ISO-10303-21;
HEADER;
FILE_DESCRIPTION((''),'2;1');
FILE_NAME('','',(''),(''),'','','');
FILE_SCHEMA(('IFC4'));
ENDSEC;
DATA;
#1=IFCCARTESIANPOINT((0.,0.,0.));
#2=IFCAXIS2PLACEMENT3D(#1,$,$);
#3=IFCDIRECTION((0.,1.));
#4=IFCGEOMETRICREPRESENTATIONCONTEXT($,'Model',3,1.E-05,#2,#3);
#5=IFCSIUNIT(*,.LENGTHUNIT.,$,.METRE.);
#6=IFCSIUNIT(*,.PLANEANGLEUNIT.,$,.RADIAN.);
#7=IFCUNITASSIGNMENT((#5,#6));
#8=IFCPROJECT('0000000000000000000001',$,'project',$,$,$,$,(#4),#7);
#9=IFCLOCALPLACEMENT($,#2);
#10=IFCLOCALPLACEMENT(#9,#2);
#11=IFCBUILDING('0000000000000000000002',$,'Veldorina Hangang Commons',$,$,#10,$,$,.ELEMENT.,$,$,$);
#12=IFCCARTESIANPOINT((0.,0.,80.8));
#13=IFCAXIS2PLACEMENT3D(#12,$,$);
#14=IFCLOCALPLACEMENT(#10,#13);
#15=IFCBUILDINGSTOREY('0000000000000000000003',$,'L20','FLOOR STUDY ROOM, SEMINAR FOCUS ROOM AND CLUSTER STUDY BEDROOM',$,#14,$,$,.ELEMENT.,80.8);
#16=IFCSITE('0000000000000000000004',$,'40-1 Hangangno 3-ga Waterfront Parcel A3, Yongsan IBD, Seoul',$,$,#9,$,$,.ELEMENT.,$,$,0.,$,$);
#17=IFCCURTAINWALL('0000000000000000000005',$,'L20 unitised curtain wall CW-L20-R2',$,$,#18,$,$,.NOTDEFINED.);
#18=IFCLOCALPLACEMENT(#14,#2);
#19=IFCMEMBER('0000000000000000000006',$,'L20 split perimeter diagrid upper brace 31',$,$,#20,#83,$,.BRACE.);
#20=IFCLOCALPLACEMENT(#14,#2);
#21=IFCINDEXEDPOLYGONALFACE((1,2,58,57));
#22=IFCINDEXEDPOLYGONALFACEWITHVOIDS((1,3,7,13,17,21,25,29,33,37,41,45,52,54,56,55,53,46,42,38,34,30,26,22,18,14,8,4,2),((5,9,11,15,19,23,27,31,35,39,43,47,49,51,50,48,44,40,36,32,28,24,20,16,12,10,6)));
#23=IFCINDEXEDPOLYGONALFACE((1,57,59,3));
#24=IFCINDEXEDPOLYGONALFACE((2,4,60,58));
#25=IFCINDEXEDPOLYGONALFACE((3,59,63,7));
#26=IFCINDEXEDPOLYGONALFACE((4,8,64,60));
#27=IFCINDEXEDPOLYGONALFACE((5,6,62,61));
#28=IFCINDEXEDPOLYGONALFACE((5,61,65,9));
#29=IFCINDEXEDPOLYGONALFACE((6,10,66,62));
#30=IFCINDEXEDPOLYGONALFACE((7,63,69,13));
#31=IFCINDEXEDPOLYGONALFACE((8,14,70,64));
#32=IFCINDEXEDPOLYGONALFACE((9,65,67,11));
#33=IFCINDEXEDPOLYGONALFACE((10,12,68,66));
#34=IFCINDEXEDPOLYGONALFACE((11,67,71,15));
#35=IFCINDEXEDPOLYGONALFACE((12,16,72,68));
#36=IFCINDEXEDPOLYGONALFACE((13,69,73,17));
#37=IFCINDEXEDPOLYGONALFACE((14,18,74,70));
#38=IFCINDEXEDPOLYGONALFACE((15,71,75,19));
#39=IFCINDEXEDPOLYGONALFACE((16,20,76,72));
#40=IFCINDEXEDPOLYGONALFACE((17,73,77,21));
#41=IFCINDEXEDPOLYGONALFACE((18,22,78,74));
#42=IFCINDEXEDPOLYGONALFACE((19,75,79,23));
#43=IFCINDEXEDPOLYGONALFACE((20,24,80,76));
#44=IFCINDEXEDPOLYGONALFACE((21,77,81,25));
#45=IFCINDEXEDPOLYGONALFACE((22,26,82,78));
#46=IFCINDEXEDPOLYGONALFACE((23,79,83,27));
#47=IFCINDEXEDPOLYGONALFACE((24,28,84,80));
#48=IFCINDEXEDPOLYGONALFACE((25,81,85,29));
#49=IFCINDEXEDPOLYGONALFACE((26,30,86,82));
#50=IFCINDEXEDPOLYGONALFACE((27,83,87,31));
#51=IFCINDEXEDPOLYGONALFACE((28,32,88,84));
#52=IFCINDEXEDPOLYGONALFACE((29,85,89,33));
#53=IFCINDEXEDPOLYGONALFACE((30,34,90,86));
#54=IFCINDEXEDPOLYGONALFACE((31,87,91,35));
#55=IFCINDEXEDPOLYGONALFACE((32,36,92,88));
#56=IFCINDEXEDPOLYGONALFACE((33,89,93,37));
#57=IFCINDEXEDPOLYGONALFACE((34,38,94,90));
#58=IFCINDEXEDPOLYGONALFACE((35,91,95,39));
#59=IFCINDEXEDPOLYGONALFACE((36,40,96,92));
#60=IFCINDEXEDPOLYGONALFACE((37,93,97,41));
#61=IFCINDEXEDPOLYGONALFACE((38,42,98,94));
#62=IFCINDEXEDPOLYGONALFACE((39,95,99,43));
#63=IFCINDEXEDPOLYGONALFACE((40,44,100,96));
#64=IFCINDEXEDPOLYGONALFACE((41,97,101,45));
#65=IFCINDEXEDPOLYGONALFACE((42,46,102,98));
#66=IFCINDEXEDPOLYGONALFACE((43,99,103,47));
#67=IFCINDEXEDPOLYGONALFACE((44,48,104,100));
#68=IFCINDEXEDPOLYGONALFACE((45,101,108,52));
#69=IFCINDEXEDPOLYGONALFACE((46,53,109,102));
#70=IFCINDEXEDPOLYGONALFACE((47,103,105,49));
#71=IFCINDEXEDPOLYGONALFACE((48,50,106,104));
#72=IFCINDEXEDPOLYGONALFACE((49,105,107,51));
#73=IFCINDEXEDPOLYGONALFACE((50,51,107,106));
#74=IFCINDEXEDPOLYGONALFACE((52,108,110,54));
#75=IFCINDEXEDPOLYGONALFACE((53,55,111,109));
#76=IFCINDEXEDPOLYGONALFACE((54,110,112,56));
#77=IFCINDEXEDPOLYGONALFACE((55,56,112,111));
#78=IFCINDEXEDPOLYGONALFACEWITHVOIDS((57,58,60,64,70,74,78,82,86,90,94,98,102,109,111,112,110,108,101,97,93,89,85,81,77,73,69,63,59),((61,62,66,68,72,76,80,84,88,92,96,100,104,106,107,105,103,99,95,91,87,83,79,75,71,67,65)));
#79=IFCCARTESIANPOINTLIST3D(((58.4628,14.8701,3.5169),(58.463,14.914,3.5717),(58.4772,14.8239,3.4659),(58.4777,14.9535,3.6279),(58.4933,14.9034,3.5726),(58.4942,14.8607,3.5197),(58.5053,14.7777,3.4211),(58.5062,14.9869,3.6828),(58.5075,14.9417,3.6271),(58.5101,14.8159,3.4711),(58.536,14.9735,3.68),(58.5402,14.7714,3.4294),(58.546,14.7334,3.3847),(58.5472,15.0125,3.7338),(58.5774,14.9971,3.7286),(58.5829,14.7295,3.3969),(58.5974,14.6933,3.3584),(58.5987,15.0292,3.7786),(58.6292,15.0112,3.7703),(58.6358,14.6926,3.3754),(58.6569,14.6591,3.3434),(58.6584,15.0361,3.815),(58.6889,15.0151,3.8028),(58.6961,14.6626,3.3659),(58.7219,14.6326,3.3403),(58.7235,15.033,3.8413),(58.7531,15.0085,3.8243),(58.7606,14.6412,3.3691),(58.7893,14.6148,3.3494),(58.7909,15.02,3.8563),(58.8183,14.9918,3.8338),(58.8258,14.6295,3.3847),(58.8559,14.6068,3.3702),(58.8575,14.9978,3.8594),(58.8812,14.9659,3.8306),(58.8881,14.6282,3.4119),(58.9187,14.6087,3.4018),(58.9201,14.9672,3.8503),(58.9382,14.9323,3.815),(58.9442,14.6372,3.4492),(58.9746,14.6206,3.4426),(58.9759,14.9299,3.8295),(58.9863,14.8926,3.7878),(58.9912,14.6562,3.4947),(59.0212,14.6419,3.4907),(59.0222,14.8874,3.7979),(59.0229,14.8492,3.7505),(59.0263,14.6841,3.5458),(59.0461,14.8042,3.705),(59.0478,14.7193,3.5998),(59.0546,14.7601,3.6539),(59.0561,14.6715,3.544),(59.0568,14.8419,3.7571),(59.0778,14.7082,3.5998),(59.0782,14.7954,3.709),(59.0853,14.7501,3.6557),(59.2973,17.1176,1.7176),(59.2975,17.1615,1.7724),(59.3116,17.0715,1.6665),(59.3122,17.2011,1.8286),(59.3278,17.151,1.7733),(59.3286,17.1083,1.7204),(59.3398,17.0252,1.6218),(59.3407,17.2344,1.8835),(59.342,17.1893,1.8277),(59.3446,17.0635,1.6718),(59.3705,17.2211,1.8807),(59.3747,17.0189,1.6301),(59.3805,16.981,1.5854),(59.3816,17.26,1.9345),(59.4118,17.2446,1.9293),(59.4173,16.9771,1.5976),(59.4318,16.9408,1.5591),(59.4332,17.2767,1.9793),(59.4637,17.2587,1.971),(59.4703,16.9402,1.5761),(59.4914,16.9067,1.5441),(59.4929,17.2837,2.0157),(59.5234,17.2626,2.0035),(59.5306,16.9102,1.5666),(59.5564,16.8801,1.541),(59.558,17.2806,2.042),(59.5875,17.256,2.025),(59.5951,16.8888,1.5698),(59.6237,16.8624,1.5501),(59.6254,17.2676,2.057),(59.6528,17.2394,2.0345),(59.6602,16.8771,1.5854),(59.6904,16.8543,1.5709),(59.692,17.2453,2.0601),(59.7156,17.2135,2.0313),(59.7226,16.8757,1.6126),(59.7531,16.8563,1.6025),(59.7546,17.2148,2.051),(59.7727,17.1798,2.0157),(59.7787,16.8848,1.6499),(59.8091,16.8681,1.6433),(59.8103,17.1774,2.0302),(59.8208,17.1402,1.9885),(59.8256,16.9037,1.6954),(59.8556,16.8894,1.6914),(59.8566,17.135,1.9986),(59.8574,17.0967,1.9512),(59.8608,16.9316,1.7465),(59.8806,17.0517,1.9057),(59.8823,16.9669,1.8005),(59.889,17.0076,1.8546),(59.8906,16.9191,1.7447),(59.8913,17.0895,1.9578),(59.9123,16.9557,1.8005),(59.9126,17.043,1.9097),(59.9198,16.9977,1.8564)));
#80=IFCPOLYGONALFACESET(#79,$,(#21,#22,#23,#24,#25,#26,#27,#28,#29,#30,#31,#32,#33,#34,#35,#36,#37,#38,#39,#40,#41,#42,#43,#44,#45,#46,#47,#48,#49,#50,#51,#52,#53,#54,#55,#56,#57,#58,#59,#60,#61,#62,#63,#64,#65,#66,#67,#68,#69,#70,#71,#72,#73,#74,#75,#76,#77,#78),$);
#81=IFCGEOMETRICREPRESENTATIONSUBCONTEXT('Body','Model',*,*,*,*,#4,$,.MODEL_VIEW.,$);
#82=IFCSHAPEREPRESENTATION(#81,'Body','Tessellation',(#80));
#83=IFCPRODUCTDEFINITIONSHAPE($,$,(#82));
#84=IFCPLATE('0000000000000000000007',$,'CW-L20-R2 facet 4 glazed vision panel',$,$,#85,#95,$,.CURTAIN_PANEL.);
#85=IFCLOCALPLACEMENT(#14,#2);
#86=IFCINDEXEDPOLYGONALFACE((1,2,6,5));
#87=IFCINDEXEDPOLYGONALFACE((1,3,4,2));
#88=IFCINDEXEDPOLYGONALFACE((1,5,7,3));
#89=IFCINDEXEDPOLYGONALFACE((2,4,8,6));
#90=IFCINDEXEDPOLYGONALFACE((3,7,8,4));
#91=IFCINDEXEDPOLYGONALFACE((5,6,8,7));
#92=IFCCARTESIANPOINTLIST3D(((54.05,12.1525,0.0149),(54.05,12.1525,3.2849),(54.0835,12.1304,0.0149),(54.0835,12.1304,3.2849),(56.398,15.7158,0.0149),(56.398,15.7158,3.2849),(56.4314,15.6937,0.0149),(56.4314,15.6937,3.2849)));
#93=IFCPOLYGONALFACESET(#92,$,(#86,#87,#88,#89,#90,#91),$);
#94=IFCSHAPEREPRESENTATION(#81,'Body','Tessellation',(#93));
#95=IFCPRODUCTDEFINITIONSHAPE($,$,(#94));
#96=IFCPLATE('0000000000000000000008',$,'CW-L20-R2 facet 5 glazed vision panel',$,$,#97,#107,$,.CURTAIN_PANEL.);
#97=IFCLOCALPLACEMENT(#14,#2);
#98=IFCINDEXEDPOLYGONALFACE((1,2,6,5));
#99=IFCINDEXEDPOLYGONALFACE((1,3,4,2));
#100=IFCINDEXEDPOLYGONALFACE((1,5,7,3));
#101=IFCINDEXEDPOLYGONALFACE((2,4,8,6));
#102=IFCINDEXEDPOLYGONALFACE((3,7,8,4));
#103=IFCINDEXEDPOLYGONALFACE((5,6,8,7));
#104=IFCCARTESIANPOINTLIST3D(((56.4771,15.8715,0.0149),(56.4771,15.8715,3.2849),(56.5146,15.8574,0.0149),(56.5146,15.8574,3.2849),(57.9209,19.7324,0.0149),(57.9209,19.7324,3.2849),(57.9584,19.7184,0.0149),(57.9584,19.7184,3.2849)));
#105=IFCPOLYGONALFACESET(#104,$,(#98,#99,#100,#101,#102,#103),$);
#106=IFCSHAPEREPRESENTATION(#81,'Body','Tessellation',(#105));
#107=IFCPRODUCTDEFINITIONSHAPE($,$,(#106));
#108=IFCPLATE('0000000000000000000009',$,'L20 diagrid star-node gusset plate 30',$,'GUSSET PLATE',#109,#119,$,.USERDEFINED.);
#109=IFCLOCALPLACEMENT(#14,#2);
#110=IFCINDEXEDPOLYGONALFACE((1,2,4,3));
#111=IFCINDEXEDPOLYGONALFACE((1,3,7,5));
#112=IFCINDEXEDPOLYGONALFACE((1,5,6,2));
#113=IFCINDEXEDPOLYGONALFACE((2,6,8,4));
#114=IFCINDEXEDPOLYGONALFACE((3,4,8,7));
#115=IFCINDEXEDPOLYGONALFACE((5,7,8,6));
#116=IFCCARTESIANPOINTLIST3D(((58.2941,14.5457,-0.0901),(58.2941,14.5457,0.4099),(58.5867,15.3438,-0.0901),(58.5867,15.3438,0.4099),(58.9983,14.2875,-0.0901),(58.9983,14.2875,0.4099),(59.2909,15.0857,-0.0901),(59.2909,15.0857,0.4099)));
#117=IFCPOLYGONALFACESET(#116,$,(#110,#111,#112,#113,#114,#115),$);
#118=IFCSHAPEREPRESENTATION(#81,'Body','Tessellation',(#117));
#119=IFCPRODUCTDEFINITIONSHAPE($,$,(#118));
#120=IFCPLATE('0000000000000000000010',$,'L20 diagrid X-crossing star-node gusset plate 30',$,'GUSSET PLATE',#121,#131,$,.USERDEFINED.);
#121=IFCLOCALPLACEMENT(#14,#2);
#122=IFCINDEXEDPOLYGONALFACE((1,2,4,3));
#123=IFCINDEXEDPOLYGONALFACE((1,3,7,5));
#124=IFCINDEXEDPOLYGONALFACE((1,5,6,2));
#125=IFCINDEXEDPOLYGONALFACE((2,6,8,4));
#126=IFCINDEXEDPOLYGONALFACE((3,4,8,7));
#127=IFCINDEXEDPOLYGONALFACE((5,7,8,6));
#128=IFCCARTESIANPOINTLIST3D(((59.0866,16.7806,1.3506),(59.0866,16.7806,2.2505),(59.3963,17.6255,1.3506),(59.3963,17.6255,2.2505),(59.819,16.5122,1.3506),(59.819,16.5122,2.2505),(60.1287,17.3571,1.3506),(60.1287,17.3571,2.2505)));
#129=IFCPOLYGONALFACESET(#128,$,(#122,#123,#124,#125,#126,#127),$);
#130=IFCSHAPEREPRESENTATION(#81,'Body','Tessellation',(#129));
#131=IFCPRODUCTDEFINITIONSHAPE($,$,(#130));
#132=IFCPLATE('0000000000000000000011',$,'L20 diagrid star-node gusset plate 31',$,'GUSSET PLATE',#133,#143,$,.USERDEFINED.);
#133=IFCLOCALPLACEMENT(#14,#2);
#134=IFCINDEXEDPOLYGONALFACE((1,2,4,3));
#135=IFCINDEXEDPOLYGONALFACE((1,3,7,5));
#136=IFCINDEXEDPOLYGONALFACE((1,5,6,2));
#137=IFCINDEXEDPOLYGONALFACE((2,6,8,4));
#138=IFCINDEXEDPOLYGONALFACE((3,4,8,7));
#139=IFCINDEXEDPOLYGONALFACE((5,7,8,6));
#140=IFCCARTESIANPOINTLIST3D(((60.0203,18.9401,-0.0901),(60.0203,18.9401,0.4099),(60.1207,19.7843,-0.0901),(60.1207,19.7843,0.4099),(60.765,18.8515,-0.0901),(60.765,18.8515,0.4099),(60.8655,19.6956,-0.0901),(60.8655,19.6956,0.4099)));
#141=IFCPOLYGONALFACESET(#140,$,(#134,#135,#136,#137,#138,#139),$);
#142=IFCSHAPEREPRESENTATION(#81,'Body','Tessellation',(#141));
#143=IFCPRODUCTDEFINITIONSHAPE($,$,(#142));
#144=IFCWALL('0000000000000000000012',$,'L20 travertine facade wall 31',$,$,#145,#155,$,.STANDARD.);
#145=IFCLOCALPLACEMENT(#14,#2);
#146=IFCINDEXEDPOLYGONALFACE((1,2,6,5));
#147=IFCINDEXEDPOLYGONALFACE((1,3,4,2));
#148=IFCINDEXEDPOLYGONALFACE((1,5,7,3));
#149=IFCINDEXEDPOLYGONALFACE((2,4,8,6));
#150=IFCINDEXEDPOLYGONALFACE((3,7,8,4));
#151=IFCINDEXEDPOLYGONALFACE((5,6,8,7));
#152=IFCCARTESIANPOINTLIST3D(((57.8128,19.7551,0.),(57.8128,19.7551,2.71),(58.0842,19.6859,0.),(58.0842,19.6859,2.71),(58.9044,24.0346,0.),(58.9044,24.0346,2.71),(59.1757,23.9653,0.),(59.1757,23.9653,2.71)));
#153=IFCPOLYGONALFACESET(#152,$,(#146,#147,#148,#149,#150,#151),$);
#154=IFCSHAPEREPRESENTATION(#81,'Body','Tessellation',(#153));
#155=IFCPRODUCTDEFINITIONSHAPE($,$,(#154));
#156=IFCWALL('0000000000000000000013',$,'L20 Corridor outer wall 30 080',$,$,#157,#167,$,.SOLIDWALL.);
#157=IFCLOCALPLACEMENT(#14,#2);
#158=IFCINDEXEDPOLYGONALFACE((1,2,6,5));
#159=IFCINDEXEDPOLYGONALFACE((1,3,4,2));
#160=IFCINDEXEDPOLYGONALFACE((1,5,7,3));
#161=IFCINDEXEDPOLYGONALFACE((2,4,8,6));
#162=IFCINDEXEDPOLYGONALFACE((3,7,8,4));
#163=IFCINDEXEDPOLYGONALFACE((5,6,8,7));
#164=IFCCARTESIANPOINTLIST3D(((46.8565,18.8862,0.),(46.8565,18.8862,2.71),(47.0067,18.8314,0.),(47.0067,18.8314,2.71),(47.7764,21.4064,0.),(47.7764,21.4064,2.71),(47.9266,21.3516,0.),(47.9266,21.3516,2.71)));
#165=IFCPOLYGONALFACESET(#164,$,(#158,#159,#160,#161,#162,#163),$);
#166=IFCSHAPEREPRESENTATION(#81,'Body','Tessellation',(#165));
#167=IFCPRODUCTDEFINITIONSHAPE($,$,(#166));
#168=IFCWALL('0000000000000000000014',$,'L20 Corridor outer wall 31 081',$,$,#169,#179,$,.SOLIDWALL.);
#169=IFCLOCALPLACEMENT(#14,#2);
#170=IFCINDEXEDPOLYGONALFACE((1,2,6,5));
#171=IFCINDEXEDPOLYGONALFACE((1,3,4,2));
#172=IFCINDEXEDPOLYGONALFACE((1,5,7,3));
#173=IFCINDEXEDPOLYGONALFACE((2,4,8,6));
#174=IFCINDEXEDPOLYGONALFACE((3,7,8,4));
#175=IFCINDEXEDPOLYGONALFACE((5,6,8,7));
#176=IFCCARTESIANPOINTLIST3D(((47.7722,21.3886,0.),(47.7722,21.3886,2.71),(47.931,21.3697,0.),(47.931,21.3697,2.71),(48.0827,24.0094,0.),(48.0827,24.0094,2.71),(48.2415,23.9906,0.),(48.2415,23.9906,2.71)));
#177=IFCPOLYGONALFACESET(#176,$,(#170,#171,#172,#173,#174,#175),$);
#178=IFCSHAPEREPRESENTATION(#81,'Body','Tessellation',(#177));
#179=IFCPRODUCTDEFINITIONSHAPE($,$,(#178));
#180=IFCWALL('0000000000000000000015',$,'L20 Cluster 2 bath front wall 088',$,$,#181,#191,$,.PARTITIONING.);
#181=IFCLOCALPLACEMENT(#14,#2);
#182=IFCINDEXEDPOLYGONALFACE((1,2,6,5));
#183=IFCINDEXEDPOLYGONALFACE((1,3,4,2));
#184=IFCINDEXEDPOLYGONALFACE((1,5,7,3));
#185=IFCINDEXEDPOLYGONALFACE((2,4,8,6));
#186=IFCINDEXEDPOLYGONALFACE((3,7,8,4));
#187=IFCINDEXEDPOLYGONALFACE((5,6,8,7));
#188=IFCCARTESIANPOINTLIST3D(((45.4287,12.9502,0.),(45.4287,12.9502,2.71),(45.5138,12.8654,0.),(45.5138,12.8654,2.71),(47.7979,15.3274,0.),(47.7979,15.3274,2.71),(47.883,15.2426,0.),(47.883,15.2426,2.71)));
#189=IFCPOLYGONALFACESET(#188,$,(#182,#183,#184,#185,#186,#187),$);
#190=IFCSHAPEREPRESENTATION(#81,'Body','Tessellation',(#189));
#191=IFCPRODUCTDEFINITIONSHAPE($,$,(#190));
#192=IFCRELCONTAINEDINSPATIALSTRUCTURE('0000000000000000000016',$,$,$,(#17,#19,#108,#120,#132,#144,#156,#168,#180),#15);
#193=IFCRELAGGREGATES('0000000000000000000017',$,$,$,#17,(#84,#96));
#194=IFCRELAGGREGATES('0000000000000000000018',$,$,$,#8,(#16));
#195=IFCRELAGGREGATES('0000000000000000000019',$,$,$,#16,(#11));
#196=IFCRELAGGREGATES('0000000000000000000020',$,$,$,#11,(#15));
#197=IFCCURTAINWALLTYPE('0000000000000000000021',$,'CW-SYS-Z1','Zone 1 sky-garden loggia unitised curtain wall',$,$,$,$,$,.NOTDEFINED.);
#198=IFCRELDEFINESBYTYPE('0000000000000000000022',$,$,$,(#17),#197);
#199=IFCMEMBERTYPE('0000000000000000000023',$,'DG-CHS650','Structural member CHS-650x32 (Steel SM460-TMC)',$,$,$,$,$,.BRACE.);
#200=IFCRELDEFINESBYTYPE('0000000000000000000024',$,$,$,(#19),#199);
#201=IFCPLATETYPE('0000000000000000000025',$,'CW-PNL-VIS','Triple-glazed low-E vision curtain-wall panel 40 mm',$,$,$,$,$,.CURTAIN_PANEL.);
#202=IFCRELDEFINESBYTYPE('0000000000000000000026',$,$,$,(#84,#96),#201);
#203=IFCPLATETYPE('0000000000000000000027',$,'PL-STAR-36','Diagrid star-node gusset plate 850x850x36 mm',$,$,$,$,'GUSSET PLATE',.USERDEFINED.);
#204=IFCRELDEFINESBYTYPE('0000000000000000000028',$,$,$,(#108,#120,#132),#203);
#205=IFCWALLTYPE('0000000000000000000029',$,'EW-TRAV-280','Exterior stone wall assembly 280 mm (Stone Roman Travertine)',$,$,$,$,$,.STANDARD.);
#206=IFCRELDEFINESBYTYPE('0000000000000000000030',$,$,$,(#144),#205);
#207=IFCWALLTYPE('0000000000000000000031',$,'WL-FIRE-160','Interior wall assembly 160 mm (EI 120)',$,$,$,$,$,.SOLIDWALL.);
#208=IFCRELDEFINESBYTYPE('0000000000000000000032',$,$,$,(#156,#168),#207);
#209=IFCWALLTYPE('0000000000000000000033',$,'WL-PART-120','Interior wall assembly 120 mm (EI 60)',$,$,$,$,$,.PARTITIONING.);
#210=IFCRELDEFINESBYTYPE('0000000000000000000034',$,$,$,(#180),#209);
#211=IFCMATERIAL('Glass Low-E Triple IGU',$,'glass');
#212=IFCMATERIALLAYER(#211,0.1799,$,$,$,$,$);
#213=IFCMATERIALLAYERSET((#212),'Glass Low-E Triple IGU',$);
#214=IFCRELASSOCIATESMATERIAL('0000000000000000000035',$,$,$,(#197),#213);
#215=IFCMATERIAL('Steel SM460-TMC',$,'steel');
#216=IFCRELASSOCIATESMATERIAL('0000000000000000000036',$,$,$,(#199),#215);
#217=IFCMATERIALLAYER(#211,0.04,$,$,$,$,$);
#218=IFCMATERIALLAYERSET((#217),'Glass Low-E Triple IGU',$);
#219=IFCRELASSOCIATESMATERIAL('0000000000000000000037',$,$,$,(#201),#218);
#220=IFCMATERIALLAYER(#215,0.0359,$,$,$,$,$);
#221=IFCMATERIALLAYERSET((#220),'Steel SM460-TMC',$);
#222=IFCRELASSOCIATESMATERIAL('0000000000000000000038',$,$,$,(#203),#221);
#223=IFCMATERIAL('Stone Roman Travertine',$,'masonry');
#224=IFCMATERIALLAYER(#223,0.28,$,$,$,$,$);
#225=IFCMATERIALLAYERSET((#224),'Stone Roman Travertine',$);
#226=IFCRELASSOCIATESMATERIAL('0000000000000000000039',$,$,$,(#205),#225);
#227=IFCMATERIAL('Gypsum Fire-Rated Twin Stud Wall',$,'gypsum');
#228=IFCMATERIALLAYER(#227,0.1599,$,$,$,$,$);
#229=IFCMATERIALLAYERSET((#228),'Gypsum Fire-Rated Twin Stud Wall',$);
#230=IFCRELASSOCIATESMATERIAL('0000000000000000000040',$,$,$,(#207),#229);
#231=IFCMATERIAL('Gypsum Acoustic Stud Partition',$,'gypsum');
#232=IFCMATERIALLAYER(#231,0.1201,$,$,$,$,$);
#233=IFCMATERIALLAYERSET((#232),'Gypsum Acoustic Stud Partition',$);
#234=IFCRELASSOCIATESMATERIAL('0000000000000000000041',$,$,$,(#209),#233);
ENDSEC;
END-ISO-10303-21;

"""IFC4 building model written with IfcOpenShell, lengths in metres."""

from ifc_helpers import new_model, si_unit, direction, frame, frame_2d, origin, origin_2d, place, context, subcontext, project, spatial, rectangle, hollow_circle, extrude, material, layer, layer_set, material_profile, profile_set, type_object, element, aggregate, save


model = new_model("IFC4")

# Units and contexts
model_context = context("Model", 3, precision=1e-05, world=origin(), true_north=direction((0.0, 1.0)))
body_context = subcontext(model_context, "Body", "Model", "MODEL_VIEW")
ifc_project = project(units=[si_unit("LENGTHUNIT", "METRE"), si_unit("PLANEANGLEUNIT", "RADIAN")], contexts=[model_context])

# Site, building, storey
site_placement = place(None, origin())
site = spatial("IfcSite", under=ifc_project, at=site_placement, Name="40-1 Hangangno 3-ga Waterfront Parcel A3, Yongsan IBD, Seoul", CompositionType="ELEMENT", RefElevation=0.0)
building_placement = place(site_placement, origin())
building = spatial("IfcBuilding", under=site, at=building_placement, Name="Veldorina Hangang Commons", CompositionType="ELEMENT")
storey_placement = place(building_placement, frame((0.0, 0.0, 80.8)))
storey = spatial("IfcBuildingStorey", under=building, at=storey_placement, Name="L20", Description="FLOOR STUDY ROOM, SEMINAR FOCUS ROOM AND CLUSTER STUDY BEDROOM", CompositionType="ELEMENT", Elevation=80.8)

# Curtain wall
ifc_material_1 = material(Name="Glass Low-E Triple IGU", Category="glass")
ifc_layer_1 = layer(ifc_material_1, 0.1799)
ifc_layer_set_1 = layer_set([ifc_layer_1], Name="Glass Low-E Triple IGU")
curtain_wall_type = type_object("IfcCurtainWallType", Name="CW-SYS-Z1", Description="Zone 1 sky-garden loggia unitised curtain wall", PredefinedType="NOTDEFINED", material=ifc_layer_set_1)
curtain_wall_placement = place(storey_placement, origin())
curtain_wall = element("IfcCurtainWall", 1, at=curtain_wall_placement, inside=storey, type_object=curtain_wall_type, Name="L20 unitised curtain wall CW-L20-R2", PredefinedType="NOTDEFINED")

# Member
ifc_material_2 = material(Name="Steel SM460-TMC", Category="steel")
ifc_material_profile_1 = material_profile(ifc_material_2, hollow_circle(Radius=0.325, WallThickness=0.032, at=origin_2d()), Name="CHS-650x32")
ifc_profile_set_1 = profile_set([ifc_material_profile_1], Name="Steel SM460-TMC")
member_type_1 = type_object("IfcMemberType", Name="DG-CHS650", Description="Structural member CHS-650x32 (Steel SM460-TMC)", PredefinedType="BRACE", material=ifc_profile_set_1)
member_1_placement = place(storey_placement, frame((59.6077, 17.0688, 1.8005), z_axis=(-0.278383, -0.749794, 0.600259), x_axis=(0.937471, -0.348064, 0.0)))
element("IfcMember", 2, at=member_1_placement, inside=storey, type_object=member_type_1, Name="L20 split perimeter diagrid upper brace 31", PredefinedType="BRACE", context=body_context, shape_type="SweptSolid", body=[
    extrude(hollow_circle(Radius=0.325, WallThickness=0.032, at=origin_2d()), origin(), (0.0, 0.0, 1.0), 2.9976),
])

# Plates
ifc_layer_2 = layer(ifc_material_1, 0.04)
ifc_layer_set_2 = layer_set([ifc_layer_2], Name="Glass Low-E Triple IGU")
plate_type_1 = type_object("IfcPlateType", Name="CW-PNL-VIS", Description="Triple-glazed low-E vision curtain-wall panel 40 mm", PredefinedType="CURTAIN_PANEL", material=ifc_layer_set_2)
plate_1_placement = place(storey_placement, frame((55.2407, 13.9231, 0.0149), z_axis=(0.0, 0.0, 1.0), x_axis=(0.550218, 0.835021, 0.0)))
plate_1 = element("IfcPlate", 3, at=plate_1_placement, type_object=plate_type_1, Name="CW-L20-R2 facet 4 glazed vision panel", PredefinedType="CURTAIN_PANEL", context=body_context, shape_type="SweptSolid", body=[
    extrude(rectangle(XDim=4.2673, YDim=0.04, at=origin_2d()), origin(), (0.0, 0.0, 1.0), 3.27),
])
plate_2_placement = place(storey_placement, frame((57.2178, 17.7949, 0.0149), z_axis=(0.0, 0.0, 1.0), x_axis=(0.350273, 0.936648, 0.0)))
plate_2 = element("IfcPlate", 4, at=plate_2_placement, type_object=plate_type_1, Name="CW-L20-R2 facet 5 glazed vision panel", PredefinedType="CURTAIN_PANEL", context=body_context, shape_type="SweptSolid", body=[
    extrude(rectangle(XDim=4.1221, YDim=0.04, at=origin_2d()), origin(), (0.0, 0.0, 1.0), 3.27),
])
aggregate(curtain_wall, [plate_1, plate_2])

# Plates
ifc_layer_3 = layer(ifc_material_2, 0.0359)
ifc_layer_set_3 = layer_set([ifc_layer_3], Name="Steel SM460-TMC")
plate_type_2 = type_object("IfcPlateType", Name="PL-STAR-36", Description="Diagrid star-node gusset plate 850x850x36 mm", ElementType="GUSSET PLATE", PredefinedType="USERDEFINED", material=ifc_layer_set_3)
plate_3_placement = place(storey_placement, frame((58.7925, 14.8157, -0.0901), z_axis=(0.0, 0.0, 1.0), x_axis=(0.344168, 0.938908, 0.0)))
element("IfcPlate", 5, at=plate_3_placement, inside=storey, type_object=plate_type_2, Name="L20 diagrid star-node gusset plate 30", ObjectType="GUSSET PLATE", PredefinedType="USERDEFINED", context=body_context, shape_type="SweptSolid", body=[
    extrude(rectangle(XDim=0.8501, YDim=0.75, at=origin_2d()), origin(), (0.0, 0.0, 1.0), 0.5),
])
plate_4_placement = place(storey_placement, frame((59.6077, 17.0688, 1.3506), z_axis=(0.0, 0.0, 1.0), x_axis=(0.344168, 0.938908, 0.0)))
element("IfcPlate", 6, at=plate_4_placement, inside=storey, type_object=plate_type_2, Name="L20 diagrid X-crossing star-node gusset plate 30", ObjectType="GUSSET PLATE", PredefinedType="USERDEFINED", context=body_context, shape_type="SweptSolid", body=[
    extrude(rectangle(XDim=0.8999, YDim=0.78, at=origin_2d()), origin(), (0.0, 0.0, 1.0), 0.8999),
])
plate_5_placement = place(storey_placement, frame((60.4429, 19.3179, -0.0901), z_axis=(0.0, 0.0, 1.0), x_axis=(0.118179, 0.992992, 0.0)))
element("IfcPlate", 7, at=plate_5_placement, inside=storey, type_object=plate_type_2, Name="L20 diagrid star-node gusset plate 31", ObjectType="GUSSET PLATE", PredefinedType="USERDEFINED", context=body_context, shape_type="SweptSolid", body=[
    extrude(rectangle(XDim=0.8501, YDim=0.75, at=origin_2d()), origin(), (0.0, 0.0, 1.0), 0.5),
])

# Walls
ifc_material_3 = material(Name="Stone Roman Travertine", Category="masonry")
ifc_layer_4 = layer(ifc_material_3, 0.28)
ifc_layer_set_4 = layer_set([ifc_layer_4], Name="Stone Roman Travertine")
wall_type_1 = type_object("IfcWallType", Name="EW-TRAV-280", Description="Exterior stone wall assembly 280 mm (Stone Roman Travertine)", PredefinedType="STANDARD", material=ifc_layer_set_4)
wall_1_placement = place(storey_placement, frame((57.9485, 19.7205, 0.0), z_axis=(0.0, 0.0, 1.0), x_axis=(0.24715, 0.968977, 0.0)))
element("IfcWall", 8, at=wall_1_placement, inside=storey, type_object=wall_type_1, Name="L20 travertine facade wall 31", PredefinedType="STANDARD", context=body_context, shape_type="SweptSolid", body=[
    extrude(rectangle(XDim=4.4165, YDim=0.28, at=frame_2d((2.2083, 0.0))), origin(), (0.0, 0.0, 1.0), 2.71),
])
ifc_material_4 = material(Name="Gypsum Fire-Rated Twin Stud Wall", Category="gypsum")
ifc_layer_5 = layer(ifc_material_4, 0.1599)
ifc_layer_set_5 = layer_set([ifc_layer_5], Name="Gypsum Fire-Rated Twin Stud Wall")
wall_type_2 = type_object("IfcWallType", Name="WL-FIRE-160", Description="Interior wall assembly 160 mm (EI 120)", PredefinedType="SOLIDWALL", material=ifc_layer_set_5)
wall_2_placement = place(storey_placement, frame((46.9316, 18.8589, 0.0), z_axis=(0.0, 0.0, 1.0), x_axis=(0.342883, 0.939378, 0.0)))
element("IfcWall", 9, at=wall_2_placement, inside=storey, type_object=wall_type_2, Name="L20 Corridor outer wall 30 080", PredefinedType="SOLIDWALL", context=body_context, shape_type="SweptSolid", body=[
    extrude(rectangle(XDim=2.6829, YDim=0.1599, at=frame_2d((1.3413, 0.0))), origin(), (0.0, 0.0, 1.0), 2.71),
])
wall_3_placement = place(storey_placement, frame((47.8516, 21.3792, 0.0), z_axis=(0.0, 0.0, 1.0), x_axis=(0.117668, 0.993053, 0.0)))
element("IfcWall", 10, at=wall_3_placement, inside=storey, type_object=wall_type_2, Name="L20 Corridor outer wall 31 081", PredefinedType="SOLIDWALL", context=body_context, shape_type="SweptSolid", body=[
    extrude(rectangle(XDim=2.6392, YDim=0.1599, at=frame_2d((1.3196, 0.0))), origin(), (0.0, 0.0, 1.0), 2.71),
])
ifc_material_5 = material(Name="Gypsum Acoustic Stud Partition", Category="gypsum")
ifc_layer_6 = layer(ifc_material_5, 0.1201)
ifc_layer_set_6 = layer_set([ifc_layer_6], Name="Gypsum Acoustic Stud Partition")
wall_type_3 = type_object("IfcWallType", Name="WL-PART-120", Description="Interior wall assembly 120 mm (EI 60)", PredefinedType="PARTITIONING", material=ifc_layer_set_6)
wall_4_placement = place(storey_placement, frame((45.4712, 12.9077, 0.0), z_axis=(0.0, 0.0, 1.0), x_axis=(0.705905, 0.708306, 0.0)))
element("IfcWall", 11, at=wall_4_placement, inside=storey, type_object=wall_type_3, Name="L20 Cluster 2 bath front wall 088", PredefinedType="PARTITIONING", context=body_context, shape_type="SweptSolid", body=[
    extrude(rectangle(XDim=3.3562, YDim=0.1201, at=frame_2d((1.6782, 0.0))), origin(), (0.0, 0.0, 1.0), 2.71),
])

save(model, "model.ifc")
